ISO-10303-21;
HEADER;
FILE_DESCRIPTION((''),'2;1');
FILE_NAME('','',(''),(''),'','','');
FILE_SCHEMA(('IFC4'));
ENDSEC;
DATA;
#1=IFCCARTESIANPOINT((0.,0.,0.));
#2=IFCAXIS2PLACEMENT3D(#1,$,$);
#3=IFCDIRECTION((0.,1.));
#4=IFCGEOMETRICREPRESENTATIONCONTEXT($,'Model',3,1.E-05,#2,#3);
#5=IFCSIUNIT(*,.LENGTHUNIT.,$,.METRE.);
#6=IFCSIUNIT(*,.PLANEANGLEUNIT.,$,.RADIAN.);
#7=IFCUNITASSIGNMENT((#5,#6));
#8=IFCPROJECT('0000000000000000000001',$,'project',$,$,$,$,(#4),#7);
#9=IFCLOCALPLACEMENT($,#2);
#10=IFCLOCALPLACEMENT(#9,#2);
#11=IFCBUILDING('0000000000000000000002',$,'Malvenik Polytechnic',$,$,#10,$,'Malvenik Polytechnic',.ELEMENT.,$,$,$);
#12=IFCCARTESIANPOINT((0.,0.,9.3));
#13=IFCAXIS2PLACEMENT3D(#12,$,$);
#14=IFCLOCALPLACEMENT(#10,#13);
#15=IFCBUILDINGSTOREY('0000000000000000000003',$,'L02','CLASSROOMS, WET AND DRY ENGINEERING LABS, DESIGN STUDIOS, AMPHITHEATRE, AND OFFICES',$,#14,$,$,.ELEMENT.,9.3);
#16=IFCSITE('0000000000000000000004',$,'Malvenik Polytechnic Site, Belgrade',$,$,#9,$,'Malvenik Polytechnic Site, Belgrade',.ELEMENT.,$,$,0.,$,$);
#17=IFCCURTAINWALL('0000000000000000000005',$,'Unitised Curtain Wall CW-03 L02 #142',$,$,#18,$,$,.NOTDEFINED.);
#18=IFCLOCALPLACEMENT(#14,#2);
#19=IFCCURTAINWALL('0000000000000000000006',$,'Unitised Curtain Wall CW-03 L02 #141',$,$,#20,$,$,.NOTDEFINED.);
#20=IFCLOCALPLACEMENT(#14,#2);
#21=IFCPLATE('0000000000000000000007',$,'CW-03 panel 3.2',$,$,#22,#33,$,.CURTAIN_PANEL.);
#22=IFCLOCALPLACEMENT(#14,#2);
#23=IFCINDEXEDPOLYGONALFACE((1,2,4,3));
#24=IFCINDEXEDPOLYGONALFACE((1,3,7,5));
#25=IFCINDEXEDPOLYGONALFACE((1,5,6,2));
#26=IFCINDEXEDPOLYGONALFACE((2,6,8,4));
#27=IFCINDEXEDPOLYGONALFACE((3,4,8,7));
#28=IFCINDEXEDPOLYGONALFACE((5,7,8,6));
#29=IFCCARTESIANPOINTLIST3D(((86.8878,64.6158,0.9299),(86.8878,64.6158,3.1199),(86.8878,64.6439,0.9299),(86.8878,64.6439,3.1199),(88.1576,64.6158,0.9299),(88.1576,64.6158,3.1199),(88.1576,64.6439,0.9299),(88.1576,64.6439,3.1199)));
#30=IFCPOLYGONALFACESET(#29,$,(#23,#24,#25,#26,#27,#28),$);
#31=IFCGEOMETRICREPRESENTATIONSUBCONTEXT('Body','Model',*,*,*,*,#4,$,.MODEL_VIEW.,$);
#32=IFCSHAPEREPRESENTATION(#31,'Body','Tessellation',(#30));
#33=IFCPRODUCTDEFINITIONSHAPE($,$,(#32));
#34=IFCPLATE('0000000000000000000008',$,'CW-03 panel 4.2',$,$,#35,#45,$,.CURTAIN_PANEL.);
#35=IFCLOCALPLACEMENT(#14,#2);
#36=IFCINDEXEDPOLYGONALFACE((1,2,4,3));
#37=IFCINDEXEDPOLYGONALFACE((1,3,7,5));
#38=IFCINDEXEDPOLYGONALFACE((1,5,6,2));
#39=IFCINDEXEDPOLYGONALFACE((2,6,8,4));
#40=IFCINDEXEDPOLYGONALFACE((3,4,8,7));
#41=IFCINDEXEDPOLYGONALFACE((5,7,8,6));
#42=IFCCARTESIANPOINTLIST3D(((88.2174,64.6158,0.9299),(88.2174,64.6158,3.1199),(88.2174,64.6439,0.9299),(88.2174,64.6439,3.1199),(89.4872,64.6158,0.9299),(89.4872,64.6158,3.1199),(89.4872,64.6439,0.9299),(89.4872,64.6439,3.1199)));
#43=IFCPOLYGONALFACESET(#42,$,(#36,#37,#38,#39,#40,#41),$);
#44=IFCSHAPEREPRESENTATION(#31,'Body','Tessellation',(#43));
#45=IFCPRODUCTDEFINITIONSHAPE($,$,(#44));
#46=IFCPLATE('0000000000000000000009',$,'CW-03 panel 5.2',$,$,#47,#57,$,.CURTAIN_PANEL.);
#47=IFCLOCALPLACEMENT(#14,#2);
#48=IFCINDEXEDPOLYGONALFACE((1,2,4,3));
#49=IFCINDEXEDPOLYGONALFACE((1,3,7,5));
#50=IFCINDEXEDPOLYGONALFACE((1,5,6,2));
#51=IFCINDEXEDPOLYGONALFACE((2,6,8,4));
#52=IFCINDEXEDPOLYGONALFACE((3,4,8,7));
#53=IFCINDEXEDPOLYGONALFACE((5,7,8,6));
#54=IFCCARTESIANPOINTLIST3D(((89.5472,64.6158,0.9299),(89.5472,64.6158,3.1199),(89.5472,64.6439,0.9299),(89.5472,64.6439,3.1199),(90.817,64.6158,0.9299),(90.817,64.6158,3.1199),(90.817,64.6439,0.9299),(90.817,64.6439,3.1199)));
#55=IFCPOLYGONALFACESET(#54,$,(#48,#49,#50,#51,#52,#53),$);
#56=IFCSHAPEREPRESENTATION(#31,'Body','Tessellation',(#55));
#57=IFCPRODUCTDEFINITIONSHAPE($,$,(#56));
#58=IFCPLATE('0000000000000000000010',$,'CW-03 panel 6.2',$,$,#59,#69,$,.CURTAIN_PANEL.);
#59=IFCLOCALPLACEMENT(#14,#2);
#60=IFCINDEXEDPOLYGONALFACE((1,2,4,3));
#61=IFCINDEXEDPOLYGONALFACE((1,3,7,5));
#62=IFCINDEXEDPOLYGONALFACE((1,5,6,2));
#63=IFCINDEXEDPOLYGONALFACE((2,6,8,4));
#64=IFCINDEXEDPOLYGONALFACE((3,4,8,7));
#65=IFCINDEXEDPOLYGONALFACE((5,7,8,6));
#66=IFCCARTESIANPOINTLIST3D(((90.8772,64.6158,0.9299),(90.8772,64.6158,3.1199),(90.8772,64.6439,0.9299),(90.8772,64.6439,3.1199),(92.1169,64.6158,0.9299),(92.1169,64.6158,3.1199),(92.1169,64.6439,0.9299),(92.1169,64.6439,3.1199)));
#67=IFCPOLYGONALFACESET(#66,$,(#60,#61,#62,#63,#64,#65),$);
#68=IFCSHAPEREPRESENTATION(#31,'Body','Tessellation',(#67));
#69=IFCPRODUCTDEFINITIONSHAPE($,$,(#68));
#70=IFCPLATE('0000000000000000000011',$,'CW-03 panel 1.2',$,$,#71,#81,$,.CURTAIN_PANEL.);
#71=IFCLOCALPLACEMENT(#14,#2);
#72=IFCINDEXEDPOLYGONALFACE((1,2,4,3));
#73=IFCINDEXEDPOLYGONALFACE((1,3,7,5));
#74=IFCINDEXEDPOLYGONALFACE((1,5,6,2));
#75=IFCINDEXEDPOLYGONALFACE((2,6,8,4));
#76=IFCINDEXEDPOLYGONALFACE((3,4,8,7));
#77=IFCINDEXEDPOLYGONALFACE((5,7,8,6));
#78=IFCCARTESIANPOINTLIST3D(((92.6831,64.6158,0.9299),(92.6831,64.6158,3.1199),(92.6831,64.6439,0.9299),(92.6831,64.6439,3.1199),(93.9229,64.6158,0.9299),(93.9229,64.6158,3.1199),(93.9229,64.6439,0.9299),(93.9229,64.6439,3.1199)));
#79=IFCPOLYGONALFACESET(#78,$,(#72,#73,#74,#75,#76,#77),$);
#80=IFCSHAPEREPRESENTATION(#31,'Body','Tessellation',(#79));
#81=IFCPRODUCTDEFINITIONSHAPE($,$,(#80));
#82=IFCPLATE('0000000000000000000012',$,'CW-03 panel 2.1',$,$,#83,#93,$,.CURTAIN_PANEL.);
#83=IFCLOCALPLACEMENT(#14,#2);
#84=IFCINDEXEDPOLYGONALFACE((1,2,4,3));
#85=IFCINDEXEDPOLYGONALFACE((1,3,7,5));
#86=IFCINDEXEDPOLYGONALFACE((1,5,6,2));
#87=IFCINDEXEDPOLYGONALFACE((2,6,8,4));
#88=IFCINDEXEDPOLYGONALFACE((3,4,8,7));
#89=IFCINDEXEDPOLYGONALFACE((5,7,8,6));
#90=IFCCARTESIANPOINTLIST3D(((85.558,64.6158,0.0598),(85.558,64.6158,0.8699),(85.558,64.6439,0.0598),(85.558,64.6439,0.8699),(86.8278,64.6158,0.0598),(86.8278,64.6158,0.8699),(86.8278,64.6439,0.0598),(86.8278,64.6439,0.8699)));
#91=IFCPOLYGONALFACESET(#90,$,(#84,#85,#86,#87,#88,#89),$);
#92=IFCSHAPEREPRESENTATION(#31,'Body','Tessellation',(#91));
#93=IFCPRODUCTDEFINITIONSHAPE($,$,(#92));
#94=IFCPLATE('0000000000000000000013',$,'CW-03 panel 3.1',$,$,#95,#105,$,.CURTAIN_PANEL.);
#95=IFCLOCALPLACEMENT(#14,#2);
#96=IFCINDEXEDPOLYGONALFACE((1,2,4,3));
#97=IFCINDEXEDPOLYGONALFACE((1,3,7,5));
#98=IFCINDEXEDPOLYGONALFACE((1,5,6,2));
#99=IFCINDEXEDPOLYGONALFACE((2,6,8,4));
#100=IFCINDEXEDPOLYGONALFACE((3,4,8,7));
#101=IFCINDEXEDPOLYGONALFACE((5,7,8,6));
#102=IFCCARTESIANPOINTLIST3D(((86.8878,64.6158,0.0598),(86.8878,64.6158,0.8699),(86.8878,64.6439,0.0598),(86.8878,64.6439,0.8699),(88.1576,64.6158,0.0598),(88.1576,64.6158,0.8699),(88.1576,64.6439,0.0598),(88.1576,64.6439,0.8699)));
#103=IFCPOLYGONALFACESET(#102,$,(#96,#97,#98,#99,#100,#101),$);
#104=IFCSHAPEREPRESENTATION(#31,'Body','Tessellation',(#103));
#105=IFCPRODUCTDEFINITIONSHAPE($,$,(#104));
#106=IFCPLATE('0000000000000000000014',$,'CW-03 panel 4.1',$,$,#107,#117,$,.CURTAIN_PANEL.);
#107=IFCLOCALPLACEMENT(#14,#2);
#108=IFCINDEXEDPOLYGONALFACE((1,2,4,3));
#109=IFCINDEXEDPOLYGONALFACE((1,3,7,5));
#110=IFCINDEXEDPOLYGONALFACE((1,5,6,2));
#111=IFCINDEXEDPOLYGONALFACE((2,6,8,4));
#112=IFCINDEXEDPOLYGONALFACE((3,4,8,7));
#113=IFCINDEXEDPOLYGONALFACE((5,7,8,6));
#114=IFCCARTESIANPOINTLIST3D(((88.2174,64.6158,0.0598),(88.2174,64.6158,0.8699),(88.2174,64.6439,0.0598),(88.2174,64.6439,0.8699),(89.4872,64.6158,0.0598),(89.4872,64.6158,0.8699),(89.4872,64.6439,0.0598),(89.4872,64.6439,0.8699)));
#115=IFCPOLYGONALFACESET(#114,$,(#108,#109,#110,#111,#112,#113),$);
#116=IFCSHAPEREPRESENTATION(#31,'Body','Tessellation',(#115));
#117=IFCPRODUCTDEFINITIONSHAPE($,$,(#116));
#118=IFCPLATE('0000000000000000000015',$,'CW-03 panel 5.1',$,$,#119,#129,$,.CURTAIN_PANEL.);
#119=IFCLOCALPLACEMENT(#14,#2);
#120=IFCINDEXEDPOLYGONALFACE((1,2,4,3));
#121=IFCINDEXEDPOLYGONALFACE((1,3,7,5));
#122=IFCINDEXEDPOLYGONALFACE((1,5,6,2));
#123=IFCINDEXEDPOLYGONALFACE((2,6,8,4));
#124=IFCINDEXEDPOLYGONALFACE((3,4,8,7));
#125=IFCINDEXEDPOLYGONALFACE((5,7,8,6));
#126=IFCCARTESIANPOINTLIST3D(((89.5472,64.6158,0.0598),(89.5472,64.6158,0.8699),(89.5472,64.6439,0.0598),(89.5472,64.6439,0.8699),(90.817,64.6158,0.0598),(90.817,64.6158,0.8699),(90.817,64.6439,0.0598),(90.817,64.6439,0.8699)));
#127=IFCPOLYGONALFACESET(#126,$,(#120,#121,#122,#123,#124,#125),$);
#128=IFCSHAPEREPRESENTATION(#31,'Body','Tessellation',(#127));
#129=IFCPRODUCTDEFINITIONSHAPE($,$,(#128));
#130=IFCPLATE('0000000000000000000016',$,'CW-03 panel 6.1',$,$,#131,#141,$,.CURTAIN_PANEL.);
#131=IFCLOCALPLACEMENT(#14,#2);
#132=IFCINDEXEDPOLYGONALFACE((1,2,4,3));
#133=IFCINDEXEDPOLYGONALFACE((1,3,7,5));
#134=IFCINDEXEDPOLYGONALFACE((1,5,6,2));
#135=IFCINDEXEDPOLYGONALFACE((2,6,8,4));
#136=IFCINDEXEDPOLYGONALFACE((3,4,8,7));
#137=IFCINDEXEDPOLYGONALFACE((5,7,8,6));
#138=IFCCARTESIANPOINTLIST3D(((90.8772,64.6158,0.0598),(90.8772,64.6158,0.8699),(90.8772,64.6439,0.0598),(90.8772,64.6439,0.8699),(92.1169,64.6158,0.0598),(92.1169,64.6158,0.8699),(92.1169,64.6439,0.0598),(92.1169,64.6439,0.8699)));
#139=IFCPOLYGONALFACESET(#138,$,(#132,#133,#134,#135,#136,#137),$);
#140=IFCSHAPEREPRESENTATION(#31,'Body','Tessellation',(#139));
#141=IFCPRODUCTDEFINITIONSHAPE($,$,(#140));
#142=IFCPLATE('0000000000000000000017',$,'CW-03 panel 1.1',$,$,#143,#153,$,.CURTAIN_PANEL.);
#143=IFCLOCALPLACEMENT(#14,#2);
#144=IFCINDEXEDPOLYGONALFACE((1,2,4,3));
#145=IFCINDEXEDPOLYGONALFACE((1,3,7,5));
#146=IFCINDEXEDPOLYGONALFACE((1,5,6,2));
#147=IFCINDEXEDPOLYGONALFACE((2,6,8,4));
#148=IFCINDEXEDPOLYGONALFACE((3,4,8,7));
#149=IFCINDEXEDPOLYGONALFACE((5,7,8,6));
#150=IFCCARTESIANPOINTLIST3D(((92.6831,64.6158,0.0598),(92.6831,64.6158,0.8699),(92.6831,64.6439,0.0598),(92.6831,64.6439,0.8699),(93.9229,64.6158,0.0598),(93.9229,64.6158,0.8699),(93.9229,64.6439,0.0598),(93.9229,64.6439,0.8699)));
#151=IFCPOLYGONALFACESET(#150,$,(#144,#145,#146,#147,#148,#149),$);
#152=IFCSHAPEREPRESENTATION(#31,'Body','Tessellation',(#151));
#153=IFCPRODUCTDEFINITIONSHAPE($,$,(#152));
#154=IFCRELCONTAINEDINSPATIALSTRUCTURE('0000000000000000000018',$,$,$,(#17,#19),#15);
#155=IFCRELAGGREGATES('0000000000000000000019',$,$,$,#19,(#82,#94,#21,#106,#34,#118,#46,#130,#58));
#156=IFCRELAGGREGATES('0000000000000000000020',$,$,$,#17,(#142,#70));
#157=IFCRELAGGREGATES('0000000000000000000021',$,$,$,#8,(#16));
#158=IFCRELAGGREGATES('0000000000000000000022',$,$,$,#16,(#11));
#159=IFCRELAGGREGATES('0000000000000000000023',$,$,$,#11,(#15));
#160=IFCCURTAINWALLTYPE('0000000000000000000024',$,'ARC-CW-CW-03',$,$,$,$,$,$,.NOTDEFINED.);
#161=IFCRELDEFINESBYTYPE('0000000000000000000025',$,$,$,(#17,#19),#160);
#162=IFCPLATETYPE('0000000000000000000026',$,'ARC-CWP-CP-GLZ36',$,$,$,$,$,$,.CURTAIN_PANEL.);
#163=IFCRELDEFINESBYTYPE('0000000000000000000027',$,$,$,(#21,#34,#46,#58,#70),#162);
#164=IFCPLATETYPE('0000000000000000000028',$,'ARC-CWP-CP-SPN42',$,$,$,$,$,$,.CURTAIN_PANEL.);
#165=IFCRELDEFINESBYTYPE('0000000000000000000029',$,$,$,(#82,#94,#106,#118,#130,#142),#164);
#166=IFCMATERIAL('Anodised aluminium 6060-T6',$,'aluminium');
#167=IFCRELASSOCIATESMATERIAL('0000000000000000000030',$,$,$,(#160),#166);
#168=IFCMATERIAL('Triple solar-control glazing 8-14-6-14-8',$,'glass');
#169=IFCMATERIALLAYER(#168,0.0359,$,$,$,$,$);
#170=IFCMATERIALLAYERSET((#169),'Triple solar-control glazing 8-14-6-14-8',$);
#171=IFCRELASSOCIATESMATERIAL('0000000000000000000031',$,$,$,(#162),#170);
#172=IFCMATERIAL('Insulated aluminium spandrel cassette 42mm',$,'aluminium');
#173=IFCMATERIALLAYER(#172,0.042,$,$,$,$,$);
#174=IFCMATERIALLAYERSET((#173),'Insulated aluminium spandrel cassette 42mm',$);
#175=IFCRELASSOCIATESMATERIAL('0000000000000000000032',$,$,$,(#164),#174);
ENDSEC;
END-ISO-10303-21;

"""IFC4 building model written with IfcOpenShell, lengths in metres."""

from ifc_helpers import new_model, si_unit, direction, frame, origin, origin_2d, place, context, subcontext, project, spatial, rectangle, extrude, material, layer, layer_set, type_object, element, aggregate, save


model = new_model("IFC4")

# Units and contexts
model_context = context("Model", 3, precision=1e-05, world=origin(), true_north=direction((0.0, 1.0)))
body_context = subcontext(model_context, "Body", "Model", "MODEL_VIEW")
ifc_project = project(units=[si_unit("LENGTHUNIT", "METRE"), si_unit("PLANEANGLEUNIT", "RADIAN")], contexts=[model_context])

# Site, building, storey
site_placement = place(None, origin())
site = spatial("IfcSite", under=ifc_project, at=site_placement, Name="Malvenik Polytechnic Site, Belgrade", LongName="Malvenik Polytechnic Site, Belgrade", CompositionType="ELEMENT", RefElevation=0.0)
building_placement = place(site_placement, origin())
building = spatial("IfcBuilding", under=site, at=building_placement, Name="Malvenik Polytechnic", LongName="Malvenik Polytechnic", CompositionType="ELEMENT")
storey_placement = place(building_placement, frame((0.0, 0.0, 9.3)))
storey = spatial("IfcBuildingStorey", under=building, at=storey_placement, Name="L02", Description="CLASSROOMS, WET AND DRY ENGINEERING LABS, DESIGN STUDIOS, AMPHITHEATRE, AND OFFICES", CompositionType="ELEMENT", Elevation=9.3)

# Curtain wall
ifc_material_1 = material(Name="Anodised aluminium 6060-T6", Category="aluminium")
curtain_wall_type = type_object("IfcCurtainWallType", Name="ARC-CW-CW-03", PredefinedType="NOTDEFINED", material=ifc_material_1)
curtain_wall_1_placement = place(storey_placement, origin())
curtain_wall_1 = element("IfcCurtainWall", 1, at=curtain_wall_1_placement, inside=storey, type_object=curtain_wall_type, Name="Unitised Curtain Wall CW-03 L02 #142", PredefinedType="NOTDEFINED")

# Curtain wall
curtain_wall_2_placement = place(storey_placement, origin())
curtain_wall_2 = element("IfcCurtainWall", 2, at=curtain_wall_2_placement, inside=storey, type_object=curtain_wall_type, Name="Unitised Curtain Wall CW-03 L02 #141", PredefinedType="NOTDEFINED")

# Plates
ifc_material_2 = material(Name="Triple solar-control glazing 8-14-6-14-8", Category="glass")
ifc_layer_1 = layer(ifc_material_2, 0.0359)
ifc_layer_set_1 = layer_set([ifc_layer_1], Name="Triple solar-control glazing 8-14-6-14-8")
plate_type_1 = type_object("IfcPlateType", Name="ARC-CWP-CP-GLZ36", PredefinedType="CURTAIN_PANEL", material=ifc_layer_set_1)
plate_1_placement = place(storey_placement, frame((87.5227, 64.6299, 0.9299), z_axis=(0.0, 0.0, 1.0), x_axis=(1.0, 0.0, 0.0)))
plate_1 = element("IfcPlate", 3, at=plate_1_placement, type_object=plate_type_1, Name="CW-03 panel 3.2", PredefinedType="CURTAIN_PANEL", context=body_context, shape_type="SweptSolid", body=[
    extrude(rectangle(XDim=1.2698, YDim=0.0281, at=origin_2d()), origin(), (0.0, 0.0, 1.0), 2.1899),
])
plate_2_placement = place(storey_placement, frame((88.8523, 64.6299, 0.9299), z_axis=(0.0, 0.0, 1.0), x_axis=(1.0, 0.0, 0.0)))
plate_2 = element("IfcPlate", 4, at=plate_2_placement, type_object=plate_type_1, Name="CW-03 panel 4.2", PredefinedType="CURTAIN_PANEL", context=body_context, shape_type="SweptSolid", body=[
    extrude(rectangle(XDim=1.2698, YDim=0.0281, at=origin_2d()), origin(), (0.0, 0.0, 1.0), 2.1899),
])
plate_3_placement = place(storey_placement, frame((90.1821, 64.6299, 0.9299), z_axis=(0.0, 0.0, 1.0), x_axis=(1.0, 0.0, 0.0)))
plate_3 = element("IfcPlate", 5, at=plate_3_placement, type_object=plate_type_1, Name="CW-03 panel 5.2", PredefinedType="CURTAIN_PANEL", context=body_context, shape_type="SweptSolid", body=[
    extrude(rectangle(XDim=1.2698, YDim=0.0281, at=origin_2d()), origin(), (0.0, 0.0, 1.0), 2.1899),
])
plate_4_placement = place(storey_placement, frame((91.4971, 64.6299, 0.9299), z_axis=(0.0, 0.0, 1.0), x_axis=(1.0, 0.0, 0.0)))
plate_4 = element("IfcPlate", 6, at=plate_4_placement, type_object=plate_type_1, Name="CW-03 panel 6.2", PredefinedType="CURTAIN_PANEL", context=body_context, shape_type="SweptSolid", body=[
    extrude(rectangle(XDim=1.2397, YDim=0.0281, at=origin_2d()), origin(), (0.0, 0.0, 1.0), 2.1899),
])
plate_5_placement = place(storey_placement, frame((93.303, 64.6299, 0.9299), z_axis=(0.0, 0.0, 1.0), x_axis=(1.0, 0.0, 0.0)))
plate_5 = element("IfcPlate", 7, at=plate_5_placement, type_object=plate_type_1, Name="CW-03 panel 1.2", PredefinedType="CURTAIN_PANEL", context=body_context, shape_type="SweptSolid", body=[
    extrude(rectangle(XDim=1.2397, YDim=0.0281, at=origin_2d()), origin(), (0.0, 0.0, 1.0), 2.1899),
])
ifc_material_3 = material(Name="Insulated aluminium spandrel cassette 42mm", Category="aluminium")
ifc_layer_2 = layer(ifc_material_3, 0.042)
ifc_layer_set_2 = layer_set([ifc_layer_2], Name="Insulated aluminium spandrel cassette 42mm")
plate_type_2 = type_object("IfcPlateType", Name="ARC-CWP-CP-SPN42", PredefinedType="CURTAIN_PANEL", material=ifc_layer_set_2)
plate_6_placement = place(storey_placement, frame((86.1929, 64.6299, 0.0598), z_axis=(0.0, 0.0, 1.0), x_axis=(1.0, 0.0, 0.0)))
plate_6 = element("IfcPlate", 8, at=plate_6_placement, type_object=plate_type_2, Name="CW-03 panel 2.1", PredefinedType="CURTAIN_PANEL", context=body_context, shape_type="SweptSolid", body=[
    extrude(rectangle(XDim=1.2698, YDim=0.0281, at=origin_2d()), origin(), (0.0, 0.0, 1.0), 0.8101),
])
plate_7_placement = place(storey_placement, frame((87.5227, 64.6299, 0.0598), z_axis=(0.0, 0.0, 1.0), x_axis=(1.0, 0.0, 0.0)))
plate_7 = element("IfcPlate", 9, at=plate_7_placement, type_object=plate_type_2, Name="CW-03 panel 3.1", PredefinedType="CURTAIN_PANEL", context=body_context, shape_type="SweptSolid", body=[
    extrude(rectangle(XDim=1.2698, YDim=0.0281, at=origin_2d()), origin(), (0.0, 0.0, 1.0), 0.8101),
])
plate_8_placement = place(storey_placement, frame((88.8523, 64.6299, 0.0598), z_axis=(0.0, 0.0, 1.0), x_axis=(1.0, 0.0, 0.0)))
plate_8 = element("IfcPlate", 10, at=plate_8_placement, type_object=plate_type_2, Name="CW-03 panel 4.1", PredefinedType="CURTAIN_PANEL", context=body_context, shape_type="SweptSolid", body=[
    extrude(rectangle(XDim=1.2698, YDim=0.0281, at=origin_2d()), origin(), (0.0, 0.0, 1.0), 0.8101),
])
plate_9_placement = place(storey_placement, frame((90.1821, 64.6299, 0.0598), z_axis=(0.0, 0.0, 1.0), x_axis=(1.0, 0.0, 0.0)))
plate_9 = element("IfcPlate", 11, at=plate_9_placement, type_object=plate_type_2, Name="CW-03 panel 5.1", PredefinedType="CURTAIN_PANEL", context=body_context, shape_type="SweptSolid", body=[
    extrude(rectangle(XDim=1.2698, YDim=0.0281, at=origin_2d()), origin(), (0.0, 0.0, 1.0), 0.8101),
])
plate_10_placement = place(storey_placement, frame((91.4971, 64.6299, 0.0598), z_axis=(0.0, 0.0, 1.0), x_axis=(1.0, 0.0, 0.0)))
plate_10 = element("IfcPlate", 12, at=plate_10_placement, type_object=plate_type_2, Name="CW-03 panel 6.1", PredefinedType="CURTAIN_PANEL", context=body_context, shape_type="SweptSolid", body=[
    extrude(rectangle(XDim=1.2397, YDim=0.0281, at=origin_2d()), origin(), (0.0, 0.0, 1.0), 0.8101),
])
aggregate(curtain_wall_2, [plate_6, plate_7, plate_1, plate_8, plate_2, plate_9, plate_3, plate_10, plate_4])
plate_11_placement = place(storey_placement, frame((93.303, 64.6299, 0.0598), z_axis=(0.0, 0.0, 1.0), x_axis=(1.0, 0.0, 0.0)))
plate_11 = element("IfcPlate", 13, at=plate_11_placement, type_object=plate_type_2, Name="CW-03 panel 1.1", PredefinedType="CURTAIN_PANEL", context=body_context, shape_type="SweptSolid", body=[
    extrude(rectangle(XDim=1.2397, YDim=0.0281, at=origin_2d()), origin(), (0.0, 0.0, 1.0), 0.8101),
])
aggregate(curtain_wall_1, [plate_11, plate_5])

save(model, "model.ifc")
